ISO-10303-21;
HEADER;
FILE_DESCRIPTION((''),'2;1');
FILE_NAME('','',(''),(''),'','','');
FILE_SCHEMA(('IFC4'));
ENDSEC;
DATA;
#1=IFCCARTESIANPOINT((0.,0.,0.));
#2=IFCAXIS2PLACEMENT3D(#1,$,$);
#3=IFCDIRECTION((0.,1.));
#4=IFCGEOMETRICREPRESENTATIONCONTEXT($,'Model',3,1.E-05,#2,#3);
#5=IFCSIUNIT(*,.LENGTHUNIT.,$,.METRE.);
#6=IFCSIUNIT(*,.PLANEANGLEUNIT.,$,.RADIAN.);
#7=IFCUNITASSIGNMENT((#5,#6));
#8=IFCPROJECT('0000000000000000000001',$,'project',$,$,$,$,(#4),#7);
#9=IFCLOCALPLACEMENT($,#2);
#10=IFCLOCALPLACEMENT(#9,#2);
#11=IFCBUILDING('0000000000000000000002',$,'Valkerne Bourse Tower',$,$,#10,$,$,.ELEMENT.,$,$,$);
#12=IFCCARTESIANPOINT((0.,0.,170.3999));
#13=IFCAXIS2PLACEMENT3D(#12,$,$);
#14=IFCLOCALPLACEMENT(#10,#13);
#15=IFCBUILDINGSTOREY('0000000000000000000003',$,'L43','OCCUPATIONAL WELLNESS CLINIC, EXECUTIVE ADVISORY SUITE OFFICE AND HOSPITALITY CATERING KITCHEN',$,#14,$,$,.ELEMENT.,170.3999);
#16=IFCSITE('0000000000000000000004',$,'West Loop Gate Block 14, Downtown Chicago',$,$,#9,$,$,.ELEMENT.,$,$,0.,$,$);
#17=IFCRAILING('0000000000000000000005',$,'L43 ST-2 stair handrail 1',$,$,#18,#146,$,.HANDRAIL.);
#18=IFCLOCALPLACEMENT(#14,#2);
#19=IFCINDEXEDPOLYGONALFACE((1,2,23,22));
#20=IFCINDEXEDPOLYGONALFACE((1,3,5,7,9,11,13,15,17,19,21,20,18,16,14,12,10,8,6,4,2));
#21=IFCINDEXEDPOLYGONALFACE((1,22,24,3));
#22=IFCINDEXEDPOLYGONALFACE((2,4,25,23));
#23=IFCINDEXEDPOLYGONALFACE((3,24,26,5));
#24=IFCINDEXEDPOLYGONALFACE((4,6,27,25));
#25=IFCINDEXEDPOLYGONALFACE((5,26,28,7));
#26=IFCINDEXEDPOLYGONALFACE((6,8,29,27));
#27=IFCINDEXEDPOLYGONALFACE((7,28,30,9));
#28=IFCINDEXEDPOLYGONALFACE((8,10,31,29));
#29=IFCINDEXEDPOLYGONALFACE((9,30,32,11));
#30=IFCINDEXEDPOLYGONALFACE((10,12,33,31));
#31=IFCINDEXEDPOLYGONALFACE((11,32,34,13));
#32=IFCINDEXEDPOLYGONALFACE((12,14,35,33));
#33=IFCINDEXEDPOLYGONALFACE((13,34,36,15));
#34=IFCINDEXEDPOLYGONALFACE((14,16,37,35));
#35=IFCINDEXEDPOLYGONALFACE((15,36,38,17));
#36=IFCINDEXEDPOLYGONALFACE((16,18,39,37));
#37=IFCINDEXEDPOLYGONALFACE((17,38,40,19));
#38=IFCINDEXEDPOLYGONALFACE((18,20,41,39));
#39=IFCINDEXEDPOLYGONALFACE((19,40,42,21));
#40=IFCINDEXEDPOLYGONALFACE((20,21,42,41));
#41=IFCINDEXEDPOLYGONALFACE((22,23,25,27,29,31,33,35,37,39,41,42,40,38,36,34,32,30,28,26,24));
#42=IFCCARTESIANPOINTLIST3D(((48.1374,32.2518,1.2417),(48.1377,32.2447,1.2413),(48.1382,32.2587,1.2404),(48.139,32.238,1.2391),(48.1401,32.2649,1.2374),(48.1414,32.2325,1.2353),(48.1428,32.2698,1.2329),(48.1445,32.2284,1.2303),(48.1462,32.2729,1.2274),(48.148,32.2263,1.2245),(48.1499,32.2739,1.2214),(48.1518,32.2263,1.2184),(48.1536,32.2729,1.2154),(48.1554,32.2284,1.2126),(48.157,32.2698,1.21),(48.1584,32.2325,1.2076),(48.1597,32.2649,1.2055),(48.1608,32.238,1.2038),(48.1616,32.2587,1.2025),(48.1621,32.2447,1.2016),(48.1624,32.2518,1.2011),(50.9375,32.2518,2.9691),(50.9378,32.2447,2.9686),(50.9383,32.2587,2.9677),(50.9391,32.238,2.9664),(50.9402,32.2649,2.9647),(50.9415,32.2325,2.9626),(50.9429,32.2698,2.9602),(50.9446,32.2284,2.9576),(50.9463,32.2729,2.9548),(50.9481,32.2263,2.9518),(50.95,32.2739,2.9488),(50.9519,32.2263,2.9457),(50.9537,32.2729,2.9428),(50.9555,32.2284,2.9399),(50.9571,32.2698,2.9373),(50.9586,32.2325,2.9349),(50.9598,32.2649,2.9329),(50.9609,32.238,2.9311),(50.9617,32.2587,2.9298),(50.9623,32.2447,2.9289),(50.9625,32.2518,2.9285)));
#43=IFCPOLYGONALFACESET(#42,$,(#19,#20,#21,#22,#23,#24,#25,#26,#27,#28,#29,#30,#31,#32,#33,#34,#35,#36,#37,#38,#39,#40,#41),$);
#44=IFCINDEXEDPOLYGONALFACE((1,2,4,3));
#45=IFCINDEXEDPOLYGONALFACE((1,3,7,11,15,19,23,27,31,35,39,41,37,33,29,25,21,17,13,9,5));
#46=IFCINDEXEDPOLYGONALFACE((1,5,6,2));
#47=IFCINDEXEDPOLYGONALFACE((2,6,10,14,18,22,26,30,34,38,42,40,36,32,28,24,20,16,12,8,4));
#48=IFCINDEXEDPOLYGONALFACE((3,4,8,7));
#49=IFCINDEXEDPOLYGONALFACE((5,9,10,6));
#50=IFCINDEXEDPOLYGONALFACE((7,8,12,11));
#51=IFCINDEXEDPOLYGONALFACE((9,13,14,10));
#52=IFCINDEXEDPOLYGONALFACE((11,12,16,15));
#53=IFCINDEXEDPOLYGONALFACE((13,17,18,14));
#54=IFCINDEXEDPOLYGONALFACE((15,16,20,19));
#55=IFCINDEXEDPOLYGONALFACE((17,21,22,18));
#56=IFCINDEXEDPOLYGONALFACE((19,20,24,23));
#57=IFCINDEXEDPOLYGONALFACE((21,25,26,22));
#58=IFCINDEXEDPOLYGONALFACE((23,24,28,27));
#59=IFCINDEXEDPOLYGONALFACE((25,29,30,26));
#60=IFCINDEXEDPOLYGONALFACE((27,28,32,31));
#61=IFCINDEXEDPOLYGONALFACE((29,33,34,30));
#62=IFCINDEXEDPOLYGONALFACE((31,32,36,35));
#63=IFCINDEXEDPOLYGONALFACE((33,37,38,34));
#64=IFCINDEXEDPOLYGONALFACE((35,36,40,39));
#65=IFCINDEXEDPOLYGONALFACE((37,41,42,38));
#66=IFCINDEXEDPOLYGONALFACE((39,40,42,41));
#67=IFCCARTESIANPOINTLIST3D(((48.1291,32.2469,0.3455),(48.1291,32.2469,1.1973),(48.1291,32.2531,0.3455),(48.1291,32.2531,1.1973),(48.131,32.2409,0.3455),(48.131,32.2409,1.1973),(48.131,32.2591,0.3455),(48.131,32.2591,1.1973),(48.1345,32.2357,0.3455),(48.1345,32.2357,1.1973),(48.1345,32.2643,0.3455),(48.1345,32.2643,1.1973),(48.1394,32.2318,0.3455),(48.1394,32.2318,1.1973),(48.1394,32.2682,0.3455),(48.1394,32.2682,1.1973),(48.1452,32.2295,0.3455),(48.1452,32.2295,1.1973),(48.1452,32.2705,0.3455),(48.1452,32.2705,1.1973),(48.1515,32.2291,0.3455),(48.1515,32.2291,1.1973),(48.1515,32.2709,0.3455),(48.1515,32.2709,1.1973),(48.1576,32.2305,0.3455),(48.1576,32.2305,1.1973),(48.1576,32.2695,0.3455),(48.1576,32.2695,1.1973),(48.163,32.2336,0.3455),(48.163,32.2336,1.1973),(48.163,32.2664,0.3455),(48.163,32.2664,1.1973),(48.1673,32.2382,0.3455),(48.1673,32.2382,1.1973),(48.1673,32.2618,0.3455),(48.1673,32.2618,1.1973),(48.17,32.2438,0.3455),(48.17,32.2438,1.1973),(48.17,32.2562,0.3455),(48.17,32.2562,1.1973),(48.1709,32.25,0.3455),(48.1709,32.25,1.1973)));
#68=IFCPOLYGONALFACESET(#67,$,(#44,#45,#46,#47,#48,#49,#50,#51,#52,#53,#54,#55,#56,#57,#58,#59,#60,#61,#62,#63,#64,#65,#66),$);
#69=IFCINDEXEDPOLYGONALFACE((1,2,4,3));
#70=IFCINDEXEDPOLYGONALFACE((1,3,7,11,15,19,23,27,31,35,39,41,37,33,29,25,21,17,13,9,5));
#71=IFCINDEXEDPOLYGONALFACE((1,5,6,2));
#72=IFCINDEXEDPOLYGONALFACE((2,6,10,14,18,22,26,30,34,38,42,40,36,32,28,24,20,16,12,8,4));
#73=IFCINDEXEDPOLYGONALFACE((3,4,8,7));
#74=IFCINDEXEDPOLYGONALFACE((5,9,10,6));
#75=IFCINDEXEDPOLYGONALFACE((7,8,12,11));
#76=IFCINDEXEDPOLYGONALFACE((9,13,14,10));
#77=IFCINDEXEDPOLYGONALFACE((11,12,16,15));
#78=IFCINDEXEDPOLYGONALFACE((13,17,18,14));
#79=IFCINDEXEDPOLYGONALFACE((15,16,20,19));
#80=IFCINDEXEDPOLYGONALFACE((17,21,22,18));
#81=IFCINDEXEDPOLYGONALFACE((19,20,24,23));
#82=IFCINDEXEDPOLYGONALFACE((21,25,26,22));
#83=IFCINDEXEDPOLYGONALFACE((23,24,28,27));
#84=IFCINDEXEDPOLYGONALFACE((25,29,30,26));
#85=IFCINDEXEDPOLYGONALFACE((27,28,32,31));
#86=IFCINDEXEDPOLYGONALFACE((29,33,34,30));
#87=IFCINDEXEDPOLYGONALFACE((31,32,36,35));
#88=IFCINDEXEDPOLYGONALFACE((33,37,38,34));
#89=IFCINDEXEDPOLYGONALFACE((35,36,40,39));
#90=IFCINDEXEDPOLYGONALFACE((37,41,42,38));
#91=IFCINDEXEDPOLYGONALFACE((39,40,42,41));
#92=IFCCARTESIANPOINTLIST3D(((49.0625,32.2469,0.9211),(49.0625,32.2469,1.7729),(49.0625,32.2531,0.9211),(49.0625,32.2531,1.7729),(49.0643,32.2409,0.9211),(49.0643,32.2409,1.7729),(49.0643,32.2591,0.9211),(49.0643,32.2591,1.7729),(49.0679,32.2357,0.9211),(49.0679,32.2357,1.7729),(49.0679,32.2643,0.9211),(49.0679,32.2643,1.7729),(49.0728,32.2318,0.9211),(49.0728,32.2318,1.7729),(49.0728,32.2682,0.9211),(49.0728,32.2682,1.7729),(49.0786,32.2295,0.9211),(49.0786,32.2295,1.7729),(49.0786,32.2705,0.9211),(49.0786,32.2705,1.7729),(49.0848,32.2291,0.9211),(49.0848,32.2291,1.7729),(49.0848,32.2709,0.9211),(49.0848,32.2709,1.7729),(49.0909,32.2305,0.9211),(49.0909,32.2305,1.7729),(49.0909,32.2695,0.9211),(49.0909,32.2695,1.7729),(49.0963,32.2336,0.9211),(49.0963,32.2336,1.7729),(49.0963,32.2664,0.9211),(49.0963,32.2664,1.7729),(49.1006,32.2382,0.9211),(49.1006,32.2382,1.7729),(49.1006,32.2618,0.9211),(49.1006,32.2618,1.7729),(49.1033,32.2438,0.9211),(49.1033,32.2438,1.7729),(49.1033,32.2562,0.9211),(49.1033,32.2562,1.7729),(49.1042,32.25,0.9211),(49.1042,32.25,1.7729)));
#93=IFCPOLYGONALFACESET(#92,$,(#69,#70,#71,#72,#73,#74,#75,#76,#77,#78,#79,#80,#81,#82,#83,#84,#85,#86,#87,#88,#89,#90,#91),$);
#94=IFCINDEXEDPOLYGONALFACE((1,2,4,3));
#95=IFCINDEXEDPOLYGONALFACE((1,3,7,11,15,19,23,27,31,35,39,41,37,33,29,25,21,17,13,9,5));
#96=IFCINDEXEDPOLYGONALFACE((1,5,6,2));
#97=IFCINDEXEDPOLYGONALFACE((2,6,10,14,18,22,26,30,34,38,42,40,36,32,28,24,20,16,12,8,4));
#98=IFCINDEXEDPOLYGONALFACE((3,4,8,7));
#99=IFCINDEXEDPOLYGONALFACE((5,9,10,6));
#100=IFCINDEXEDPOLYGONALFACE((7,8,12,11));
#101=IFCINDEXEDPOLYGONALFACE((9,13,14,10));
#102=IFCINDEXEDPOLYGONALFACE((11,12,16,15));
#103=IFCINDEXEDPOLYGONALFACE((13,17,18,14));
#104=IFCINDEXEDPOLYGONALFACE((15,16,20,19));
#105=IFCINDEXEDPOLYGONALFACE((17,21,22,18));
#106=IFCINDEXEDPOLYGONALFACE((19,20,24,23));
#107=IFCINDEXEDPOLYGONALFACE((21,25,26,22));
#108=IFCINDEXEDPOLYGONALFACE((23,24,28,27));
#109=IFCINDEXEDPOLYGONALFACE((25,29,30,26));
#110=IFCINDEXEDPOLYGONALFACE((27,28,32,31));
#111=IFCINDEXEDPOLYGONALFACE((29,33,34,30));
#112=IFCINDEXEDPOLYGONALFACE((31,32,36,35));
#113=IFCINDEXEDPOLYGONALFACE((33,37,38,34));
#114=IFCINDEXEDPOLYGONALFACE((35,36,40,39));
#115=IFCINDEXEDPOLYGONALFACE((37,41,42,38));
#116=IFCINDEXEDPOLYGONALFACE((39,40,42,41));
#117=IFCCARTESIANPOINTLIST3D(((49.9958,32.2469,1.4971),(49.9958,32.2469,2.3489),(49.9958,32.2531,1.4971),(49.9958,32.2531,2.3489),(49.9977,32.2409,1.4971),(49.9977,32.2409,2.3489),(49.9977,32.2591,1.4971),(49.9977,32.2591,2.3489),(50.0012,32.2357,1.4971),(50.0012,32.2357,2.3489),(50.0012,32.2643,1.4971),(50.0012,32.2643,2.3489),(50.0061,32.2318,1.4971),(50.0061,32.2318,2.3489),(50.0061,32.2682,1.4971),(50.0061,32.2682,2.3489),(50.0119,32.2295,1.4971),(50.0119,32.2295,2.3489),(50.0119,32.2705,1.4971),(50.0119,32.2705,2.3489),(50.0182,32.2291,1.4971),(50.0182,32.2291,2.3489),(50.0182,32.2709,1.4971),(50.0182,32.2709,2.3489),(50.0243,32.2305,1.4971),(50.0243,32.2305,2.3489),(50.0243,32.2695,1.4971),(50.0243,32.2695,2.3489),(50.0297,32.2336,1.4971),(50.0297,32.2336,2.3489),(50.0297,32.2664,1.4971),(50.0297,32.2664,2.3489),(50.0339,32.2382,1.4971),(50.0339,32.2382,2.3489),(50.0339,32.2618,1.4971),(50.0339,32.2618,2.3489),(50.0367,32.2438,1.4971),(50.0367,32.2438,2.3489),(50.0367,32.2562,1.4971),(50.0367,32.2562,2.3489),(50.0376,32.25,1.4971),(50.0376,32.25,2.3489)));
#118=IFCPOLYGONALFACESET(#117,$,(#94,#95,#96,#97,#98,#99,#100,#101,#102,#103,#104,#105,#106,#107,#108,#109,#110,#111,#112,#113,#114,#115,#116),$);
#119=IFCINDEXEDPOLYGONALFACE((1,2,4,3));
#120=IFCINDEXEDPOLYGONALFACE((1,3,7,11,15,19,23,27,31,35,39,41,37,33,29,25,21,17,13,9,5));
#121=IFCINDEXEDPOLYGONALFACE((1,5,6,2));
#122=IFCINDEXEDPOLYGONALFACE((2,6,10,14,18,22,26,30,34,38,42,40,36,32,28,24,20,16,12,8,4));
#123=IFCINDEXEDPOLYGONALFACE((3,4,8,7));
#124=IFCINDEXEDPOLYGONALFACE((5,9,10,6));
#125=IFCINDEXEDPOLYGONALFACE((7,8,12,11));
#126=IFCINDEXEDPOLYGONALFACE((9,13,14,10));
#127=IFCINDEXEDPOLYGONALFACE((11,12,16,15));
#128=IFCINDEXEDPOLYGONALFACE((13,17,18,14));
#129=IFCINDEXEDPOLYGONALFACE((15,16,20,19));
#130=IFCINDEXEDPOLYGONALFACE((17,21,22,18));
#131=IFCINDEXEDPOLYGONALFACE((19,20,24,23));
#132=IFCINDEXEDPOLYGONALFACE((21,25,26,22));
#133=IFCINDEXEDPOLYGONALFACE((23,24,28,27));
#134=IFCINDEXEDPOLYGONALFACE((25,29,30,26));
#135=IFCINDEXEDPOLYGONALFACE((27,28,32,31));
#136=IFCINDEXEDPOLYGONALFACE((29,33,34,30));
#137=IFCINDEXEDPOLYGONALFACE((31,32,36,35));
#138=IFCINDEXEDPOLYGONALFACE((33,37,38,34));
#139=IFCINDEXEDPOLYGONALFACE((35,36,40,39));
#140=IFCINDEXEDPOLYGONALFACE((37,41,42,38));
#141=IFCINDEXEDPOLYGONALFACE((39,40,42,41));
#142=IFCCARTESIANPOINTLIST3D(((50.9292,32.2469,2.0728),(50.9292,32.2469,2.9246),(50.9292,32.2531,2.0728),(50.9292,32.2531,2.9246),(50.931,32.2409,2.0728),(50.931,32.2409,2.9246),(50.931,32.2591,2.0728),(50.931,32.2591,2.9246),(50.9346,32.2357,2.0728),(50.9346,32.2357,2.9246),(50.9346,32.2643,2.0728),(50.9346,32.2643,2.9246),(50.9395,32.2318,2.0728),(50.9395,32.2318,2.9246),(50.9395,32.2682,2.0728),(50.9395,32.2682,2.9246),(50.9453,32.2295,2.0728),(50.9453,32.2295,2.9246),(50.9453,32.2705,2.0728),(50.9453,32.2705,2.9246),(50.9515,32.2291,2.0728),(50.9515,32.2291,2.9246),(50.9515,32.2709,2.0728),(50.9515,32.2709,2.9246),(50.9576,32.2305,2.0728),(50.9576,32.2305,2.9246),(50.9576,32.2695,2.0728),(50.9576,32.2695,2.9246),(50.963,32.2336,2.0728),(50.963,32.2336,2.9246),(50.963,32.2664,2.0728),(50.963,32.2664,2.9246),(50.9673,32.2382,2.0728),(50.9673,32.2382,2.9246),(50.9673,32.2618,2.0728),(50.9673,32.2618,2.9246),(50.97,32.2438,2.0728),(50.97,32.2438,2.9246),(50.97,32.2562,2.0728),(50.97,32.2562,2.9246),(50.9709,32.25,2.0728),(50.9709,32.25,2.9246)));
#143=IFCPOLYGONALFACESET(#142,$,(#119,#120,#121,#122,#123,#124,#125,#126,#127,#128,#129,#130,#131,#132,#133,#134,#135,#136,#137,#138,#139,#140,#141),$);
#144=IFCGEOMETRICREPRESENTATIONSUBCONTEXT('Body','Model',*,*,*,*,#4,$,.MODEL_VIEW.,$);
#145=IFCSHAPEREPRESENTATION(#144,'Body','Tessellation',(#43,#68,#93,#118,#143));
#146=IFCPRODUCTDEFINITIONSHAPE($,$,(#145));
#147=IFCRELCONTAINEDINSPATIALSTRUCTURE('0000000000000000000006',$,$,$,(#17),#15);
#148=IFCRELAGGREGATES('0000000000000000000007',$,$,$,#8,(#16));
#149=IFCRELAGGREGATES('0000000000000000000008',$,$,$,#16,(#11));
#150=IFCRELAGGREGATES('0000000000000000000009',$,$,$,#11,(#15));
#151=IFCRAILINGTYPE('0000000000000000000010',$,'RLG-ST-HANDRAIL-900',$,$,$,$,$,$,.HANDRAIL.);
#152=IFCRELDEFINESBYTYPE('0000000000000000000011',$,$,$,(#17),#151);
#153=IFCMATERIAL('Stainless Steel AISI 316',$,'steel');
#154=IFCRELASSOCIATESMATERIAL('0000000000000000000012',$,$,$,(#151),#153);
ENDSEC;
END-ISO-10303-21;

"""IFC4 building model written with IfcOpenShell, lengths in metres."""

from ifc_helpers import new_model, si_unit, direction, frame, origin, origin_2d, place, context, subcontext, project, spatial, circle, extrude, material, type_object, element, save


model = new_model("IFC4")

# Units and contexts
model_context = context("Model", 3, precision=1e-05, world=origin(), true_north=direction((0.0, 1.0)))
body_context = subcontext(model_context, "Body", "Model", "MODEL_VIEW")
ifc_project = project(units=[si_unit("LENGTHUNIT", "METRE"), si_unit("PLANEANGLEUNIT", "RADIAN")], contexts=[model_context])

# Site, building, storey
site_placement = place(None, origin())
site = spatial("IfcSite", under=ifc_project, at=site_placement, Name="West Loop Gate Block 14, Downtown Chicago", CompositionType="ELEMENT", RefElevation=0.0)
building_placement = place(site_placement, origin())
building = spatial("IfcBuilding", under=site, at=building_placement, Name="Valkerne Bourse Tower", CompositionType="ELEMENT")
storey_placement = place(building_placement, frame((0.0, 0.0, 170.3999)))
storey = spatial("IfcBuildingStorey", under=building, at=storey_placement, Name="L43", Description="OCCUPATIONAL WELLNESS CLINIC, EXECUTIVE ADVISORY SUITE OFFICE AND HOSPITALITY CATERING KITCHEN", CompositionType="ELEMENT", Elevation=170.3999)

# Shared definitions
ifc_material_1 = material(Name="Stainless Steel AISI 316", Category="steel")

# Railing
railing_type_1 = type_object("IfcRailingType", Name="RLG-ST-HANDRAIL-900", PredefinedType="HANDRAIL", material=ifc_material_1)
railing_1_placement = place(storey_placement, frame((48.1499, 32.25, 0.3455)))
element("IfcRailing", 1, at=railing_1_placement, inside=storey, type_object=railing_type_1, Name="L43 ST-2 stair handrail 1", PredefinedType="HANDRAIL", context=body_context, shape_type="SweptSolid", body=[
    extrude(circle(Radius=0.0239, at=origin_2d()), frame((0.0, 0.0, 0.876), z_axis=(0.85109, 0.0, 0.52502), x_axis=(0.0, 1.0, 0.0)), (0.0, 0.0, 1.0), 3.29),
    extrude(circle(Radius=0.021, at=origin_2d()), origin(), (0.0, 0.0, 1.0), 0.8518),
    extrude(circle(Radius=0.021, at=origin_2d()), frame((0.9333, 0.0, 0.5757)), (0.0, 0.0, 1.0), 0.8518),
    extrude(circle(Radius=0.021, at=origin_2d()), frame((1.8667, 0.0, 1.1516)), (0.0, 0.0, 1.0), 0.8518),
    extrude(circle(Radius=0.021, at=origin_2d()), frame((2.8, 0.0, 1.7273)), (0.0, 0.0, 1.0), 0.8518),
])

save(model, "model.ifc")
